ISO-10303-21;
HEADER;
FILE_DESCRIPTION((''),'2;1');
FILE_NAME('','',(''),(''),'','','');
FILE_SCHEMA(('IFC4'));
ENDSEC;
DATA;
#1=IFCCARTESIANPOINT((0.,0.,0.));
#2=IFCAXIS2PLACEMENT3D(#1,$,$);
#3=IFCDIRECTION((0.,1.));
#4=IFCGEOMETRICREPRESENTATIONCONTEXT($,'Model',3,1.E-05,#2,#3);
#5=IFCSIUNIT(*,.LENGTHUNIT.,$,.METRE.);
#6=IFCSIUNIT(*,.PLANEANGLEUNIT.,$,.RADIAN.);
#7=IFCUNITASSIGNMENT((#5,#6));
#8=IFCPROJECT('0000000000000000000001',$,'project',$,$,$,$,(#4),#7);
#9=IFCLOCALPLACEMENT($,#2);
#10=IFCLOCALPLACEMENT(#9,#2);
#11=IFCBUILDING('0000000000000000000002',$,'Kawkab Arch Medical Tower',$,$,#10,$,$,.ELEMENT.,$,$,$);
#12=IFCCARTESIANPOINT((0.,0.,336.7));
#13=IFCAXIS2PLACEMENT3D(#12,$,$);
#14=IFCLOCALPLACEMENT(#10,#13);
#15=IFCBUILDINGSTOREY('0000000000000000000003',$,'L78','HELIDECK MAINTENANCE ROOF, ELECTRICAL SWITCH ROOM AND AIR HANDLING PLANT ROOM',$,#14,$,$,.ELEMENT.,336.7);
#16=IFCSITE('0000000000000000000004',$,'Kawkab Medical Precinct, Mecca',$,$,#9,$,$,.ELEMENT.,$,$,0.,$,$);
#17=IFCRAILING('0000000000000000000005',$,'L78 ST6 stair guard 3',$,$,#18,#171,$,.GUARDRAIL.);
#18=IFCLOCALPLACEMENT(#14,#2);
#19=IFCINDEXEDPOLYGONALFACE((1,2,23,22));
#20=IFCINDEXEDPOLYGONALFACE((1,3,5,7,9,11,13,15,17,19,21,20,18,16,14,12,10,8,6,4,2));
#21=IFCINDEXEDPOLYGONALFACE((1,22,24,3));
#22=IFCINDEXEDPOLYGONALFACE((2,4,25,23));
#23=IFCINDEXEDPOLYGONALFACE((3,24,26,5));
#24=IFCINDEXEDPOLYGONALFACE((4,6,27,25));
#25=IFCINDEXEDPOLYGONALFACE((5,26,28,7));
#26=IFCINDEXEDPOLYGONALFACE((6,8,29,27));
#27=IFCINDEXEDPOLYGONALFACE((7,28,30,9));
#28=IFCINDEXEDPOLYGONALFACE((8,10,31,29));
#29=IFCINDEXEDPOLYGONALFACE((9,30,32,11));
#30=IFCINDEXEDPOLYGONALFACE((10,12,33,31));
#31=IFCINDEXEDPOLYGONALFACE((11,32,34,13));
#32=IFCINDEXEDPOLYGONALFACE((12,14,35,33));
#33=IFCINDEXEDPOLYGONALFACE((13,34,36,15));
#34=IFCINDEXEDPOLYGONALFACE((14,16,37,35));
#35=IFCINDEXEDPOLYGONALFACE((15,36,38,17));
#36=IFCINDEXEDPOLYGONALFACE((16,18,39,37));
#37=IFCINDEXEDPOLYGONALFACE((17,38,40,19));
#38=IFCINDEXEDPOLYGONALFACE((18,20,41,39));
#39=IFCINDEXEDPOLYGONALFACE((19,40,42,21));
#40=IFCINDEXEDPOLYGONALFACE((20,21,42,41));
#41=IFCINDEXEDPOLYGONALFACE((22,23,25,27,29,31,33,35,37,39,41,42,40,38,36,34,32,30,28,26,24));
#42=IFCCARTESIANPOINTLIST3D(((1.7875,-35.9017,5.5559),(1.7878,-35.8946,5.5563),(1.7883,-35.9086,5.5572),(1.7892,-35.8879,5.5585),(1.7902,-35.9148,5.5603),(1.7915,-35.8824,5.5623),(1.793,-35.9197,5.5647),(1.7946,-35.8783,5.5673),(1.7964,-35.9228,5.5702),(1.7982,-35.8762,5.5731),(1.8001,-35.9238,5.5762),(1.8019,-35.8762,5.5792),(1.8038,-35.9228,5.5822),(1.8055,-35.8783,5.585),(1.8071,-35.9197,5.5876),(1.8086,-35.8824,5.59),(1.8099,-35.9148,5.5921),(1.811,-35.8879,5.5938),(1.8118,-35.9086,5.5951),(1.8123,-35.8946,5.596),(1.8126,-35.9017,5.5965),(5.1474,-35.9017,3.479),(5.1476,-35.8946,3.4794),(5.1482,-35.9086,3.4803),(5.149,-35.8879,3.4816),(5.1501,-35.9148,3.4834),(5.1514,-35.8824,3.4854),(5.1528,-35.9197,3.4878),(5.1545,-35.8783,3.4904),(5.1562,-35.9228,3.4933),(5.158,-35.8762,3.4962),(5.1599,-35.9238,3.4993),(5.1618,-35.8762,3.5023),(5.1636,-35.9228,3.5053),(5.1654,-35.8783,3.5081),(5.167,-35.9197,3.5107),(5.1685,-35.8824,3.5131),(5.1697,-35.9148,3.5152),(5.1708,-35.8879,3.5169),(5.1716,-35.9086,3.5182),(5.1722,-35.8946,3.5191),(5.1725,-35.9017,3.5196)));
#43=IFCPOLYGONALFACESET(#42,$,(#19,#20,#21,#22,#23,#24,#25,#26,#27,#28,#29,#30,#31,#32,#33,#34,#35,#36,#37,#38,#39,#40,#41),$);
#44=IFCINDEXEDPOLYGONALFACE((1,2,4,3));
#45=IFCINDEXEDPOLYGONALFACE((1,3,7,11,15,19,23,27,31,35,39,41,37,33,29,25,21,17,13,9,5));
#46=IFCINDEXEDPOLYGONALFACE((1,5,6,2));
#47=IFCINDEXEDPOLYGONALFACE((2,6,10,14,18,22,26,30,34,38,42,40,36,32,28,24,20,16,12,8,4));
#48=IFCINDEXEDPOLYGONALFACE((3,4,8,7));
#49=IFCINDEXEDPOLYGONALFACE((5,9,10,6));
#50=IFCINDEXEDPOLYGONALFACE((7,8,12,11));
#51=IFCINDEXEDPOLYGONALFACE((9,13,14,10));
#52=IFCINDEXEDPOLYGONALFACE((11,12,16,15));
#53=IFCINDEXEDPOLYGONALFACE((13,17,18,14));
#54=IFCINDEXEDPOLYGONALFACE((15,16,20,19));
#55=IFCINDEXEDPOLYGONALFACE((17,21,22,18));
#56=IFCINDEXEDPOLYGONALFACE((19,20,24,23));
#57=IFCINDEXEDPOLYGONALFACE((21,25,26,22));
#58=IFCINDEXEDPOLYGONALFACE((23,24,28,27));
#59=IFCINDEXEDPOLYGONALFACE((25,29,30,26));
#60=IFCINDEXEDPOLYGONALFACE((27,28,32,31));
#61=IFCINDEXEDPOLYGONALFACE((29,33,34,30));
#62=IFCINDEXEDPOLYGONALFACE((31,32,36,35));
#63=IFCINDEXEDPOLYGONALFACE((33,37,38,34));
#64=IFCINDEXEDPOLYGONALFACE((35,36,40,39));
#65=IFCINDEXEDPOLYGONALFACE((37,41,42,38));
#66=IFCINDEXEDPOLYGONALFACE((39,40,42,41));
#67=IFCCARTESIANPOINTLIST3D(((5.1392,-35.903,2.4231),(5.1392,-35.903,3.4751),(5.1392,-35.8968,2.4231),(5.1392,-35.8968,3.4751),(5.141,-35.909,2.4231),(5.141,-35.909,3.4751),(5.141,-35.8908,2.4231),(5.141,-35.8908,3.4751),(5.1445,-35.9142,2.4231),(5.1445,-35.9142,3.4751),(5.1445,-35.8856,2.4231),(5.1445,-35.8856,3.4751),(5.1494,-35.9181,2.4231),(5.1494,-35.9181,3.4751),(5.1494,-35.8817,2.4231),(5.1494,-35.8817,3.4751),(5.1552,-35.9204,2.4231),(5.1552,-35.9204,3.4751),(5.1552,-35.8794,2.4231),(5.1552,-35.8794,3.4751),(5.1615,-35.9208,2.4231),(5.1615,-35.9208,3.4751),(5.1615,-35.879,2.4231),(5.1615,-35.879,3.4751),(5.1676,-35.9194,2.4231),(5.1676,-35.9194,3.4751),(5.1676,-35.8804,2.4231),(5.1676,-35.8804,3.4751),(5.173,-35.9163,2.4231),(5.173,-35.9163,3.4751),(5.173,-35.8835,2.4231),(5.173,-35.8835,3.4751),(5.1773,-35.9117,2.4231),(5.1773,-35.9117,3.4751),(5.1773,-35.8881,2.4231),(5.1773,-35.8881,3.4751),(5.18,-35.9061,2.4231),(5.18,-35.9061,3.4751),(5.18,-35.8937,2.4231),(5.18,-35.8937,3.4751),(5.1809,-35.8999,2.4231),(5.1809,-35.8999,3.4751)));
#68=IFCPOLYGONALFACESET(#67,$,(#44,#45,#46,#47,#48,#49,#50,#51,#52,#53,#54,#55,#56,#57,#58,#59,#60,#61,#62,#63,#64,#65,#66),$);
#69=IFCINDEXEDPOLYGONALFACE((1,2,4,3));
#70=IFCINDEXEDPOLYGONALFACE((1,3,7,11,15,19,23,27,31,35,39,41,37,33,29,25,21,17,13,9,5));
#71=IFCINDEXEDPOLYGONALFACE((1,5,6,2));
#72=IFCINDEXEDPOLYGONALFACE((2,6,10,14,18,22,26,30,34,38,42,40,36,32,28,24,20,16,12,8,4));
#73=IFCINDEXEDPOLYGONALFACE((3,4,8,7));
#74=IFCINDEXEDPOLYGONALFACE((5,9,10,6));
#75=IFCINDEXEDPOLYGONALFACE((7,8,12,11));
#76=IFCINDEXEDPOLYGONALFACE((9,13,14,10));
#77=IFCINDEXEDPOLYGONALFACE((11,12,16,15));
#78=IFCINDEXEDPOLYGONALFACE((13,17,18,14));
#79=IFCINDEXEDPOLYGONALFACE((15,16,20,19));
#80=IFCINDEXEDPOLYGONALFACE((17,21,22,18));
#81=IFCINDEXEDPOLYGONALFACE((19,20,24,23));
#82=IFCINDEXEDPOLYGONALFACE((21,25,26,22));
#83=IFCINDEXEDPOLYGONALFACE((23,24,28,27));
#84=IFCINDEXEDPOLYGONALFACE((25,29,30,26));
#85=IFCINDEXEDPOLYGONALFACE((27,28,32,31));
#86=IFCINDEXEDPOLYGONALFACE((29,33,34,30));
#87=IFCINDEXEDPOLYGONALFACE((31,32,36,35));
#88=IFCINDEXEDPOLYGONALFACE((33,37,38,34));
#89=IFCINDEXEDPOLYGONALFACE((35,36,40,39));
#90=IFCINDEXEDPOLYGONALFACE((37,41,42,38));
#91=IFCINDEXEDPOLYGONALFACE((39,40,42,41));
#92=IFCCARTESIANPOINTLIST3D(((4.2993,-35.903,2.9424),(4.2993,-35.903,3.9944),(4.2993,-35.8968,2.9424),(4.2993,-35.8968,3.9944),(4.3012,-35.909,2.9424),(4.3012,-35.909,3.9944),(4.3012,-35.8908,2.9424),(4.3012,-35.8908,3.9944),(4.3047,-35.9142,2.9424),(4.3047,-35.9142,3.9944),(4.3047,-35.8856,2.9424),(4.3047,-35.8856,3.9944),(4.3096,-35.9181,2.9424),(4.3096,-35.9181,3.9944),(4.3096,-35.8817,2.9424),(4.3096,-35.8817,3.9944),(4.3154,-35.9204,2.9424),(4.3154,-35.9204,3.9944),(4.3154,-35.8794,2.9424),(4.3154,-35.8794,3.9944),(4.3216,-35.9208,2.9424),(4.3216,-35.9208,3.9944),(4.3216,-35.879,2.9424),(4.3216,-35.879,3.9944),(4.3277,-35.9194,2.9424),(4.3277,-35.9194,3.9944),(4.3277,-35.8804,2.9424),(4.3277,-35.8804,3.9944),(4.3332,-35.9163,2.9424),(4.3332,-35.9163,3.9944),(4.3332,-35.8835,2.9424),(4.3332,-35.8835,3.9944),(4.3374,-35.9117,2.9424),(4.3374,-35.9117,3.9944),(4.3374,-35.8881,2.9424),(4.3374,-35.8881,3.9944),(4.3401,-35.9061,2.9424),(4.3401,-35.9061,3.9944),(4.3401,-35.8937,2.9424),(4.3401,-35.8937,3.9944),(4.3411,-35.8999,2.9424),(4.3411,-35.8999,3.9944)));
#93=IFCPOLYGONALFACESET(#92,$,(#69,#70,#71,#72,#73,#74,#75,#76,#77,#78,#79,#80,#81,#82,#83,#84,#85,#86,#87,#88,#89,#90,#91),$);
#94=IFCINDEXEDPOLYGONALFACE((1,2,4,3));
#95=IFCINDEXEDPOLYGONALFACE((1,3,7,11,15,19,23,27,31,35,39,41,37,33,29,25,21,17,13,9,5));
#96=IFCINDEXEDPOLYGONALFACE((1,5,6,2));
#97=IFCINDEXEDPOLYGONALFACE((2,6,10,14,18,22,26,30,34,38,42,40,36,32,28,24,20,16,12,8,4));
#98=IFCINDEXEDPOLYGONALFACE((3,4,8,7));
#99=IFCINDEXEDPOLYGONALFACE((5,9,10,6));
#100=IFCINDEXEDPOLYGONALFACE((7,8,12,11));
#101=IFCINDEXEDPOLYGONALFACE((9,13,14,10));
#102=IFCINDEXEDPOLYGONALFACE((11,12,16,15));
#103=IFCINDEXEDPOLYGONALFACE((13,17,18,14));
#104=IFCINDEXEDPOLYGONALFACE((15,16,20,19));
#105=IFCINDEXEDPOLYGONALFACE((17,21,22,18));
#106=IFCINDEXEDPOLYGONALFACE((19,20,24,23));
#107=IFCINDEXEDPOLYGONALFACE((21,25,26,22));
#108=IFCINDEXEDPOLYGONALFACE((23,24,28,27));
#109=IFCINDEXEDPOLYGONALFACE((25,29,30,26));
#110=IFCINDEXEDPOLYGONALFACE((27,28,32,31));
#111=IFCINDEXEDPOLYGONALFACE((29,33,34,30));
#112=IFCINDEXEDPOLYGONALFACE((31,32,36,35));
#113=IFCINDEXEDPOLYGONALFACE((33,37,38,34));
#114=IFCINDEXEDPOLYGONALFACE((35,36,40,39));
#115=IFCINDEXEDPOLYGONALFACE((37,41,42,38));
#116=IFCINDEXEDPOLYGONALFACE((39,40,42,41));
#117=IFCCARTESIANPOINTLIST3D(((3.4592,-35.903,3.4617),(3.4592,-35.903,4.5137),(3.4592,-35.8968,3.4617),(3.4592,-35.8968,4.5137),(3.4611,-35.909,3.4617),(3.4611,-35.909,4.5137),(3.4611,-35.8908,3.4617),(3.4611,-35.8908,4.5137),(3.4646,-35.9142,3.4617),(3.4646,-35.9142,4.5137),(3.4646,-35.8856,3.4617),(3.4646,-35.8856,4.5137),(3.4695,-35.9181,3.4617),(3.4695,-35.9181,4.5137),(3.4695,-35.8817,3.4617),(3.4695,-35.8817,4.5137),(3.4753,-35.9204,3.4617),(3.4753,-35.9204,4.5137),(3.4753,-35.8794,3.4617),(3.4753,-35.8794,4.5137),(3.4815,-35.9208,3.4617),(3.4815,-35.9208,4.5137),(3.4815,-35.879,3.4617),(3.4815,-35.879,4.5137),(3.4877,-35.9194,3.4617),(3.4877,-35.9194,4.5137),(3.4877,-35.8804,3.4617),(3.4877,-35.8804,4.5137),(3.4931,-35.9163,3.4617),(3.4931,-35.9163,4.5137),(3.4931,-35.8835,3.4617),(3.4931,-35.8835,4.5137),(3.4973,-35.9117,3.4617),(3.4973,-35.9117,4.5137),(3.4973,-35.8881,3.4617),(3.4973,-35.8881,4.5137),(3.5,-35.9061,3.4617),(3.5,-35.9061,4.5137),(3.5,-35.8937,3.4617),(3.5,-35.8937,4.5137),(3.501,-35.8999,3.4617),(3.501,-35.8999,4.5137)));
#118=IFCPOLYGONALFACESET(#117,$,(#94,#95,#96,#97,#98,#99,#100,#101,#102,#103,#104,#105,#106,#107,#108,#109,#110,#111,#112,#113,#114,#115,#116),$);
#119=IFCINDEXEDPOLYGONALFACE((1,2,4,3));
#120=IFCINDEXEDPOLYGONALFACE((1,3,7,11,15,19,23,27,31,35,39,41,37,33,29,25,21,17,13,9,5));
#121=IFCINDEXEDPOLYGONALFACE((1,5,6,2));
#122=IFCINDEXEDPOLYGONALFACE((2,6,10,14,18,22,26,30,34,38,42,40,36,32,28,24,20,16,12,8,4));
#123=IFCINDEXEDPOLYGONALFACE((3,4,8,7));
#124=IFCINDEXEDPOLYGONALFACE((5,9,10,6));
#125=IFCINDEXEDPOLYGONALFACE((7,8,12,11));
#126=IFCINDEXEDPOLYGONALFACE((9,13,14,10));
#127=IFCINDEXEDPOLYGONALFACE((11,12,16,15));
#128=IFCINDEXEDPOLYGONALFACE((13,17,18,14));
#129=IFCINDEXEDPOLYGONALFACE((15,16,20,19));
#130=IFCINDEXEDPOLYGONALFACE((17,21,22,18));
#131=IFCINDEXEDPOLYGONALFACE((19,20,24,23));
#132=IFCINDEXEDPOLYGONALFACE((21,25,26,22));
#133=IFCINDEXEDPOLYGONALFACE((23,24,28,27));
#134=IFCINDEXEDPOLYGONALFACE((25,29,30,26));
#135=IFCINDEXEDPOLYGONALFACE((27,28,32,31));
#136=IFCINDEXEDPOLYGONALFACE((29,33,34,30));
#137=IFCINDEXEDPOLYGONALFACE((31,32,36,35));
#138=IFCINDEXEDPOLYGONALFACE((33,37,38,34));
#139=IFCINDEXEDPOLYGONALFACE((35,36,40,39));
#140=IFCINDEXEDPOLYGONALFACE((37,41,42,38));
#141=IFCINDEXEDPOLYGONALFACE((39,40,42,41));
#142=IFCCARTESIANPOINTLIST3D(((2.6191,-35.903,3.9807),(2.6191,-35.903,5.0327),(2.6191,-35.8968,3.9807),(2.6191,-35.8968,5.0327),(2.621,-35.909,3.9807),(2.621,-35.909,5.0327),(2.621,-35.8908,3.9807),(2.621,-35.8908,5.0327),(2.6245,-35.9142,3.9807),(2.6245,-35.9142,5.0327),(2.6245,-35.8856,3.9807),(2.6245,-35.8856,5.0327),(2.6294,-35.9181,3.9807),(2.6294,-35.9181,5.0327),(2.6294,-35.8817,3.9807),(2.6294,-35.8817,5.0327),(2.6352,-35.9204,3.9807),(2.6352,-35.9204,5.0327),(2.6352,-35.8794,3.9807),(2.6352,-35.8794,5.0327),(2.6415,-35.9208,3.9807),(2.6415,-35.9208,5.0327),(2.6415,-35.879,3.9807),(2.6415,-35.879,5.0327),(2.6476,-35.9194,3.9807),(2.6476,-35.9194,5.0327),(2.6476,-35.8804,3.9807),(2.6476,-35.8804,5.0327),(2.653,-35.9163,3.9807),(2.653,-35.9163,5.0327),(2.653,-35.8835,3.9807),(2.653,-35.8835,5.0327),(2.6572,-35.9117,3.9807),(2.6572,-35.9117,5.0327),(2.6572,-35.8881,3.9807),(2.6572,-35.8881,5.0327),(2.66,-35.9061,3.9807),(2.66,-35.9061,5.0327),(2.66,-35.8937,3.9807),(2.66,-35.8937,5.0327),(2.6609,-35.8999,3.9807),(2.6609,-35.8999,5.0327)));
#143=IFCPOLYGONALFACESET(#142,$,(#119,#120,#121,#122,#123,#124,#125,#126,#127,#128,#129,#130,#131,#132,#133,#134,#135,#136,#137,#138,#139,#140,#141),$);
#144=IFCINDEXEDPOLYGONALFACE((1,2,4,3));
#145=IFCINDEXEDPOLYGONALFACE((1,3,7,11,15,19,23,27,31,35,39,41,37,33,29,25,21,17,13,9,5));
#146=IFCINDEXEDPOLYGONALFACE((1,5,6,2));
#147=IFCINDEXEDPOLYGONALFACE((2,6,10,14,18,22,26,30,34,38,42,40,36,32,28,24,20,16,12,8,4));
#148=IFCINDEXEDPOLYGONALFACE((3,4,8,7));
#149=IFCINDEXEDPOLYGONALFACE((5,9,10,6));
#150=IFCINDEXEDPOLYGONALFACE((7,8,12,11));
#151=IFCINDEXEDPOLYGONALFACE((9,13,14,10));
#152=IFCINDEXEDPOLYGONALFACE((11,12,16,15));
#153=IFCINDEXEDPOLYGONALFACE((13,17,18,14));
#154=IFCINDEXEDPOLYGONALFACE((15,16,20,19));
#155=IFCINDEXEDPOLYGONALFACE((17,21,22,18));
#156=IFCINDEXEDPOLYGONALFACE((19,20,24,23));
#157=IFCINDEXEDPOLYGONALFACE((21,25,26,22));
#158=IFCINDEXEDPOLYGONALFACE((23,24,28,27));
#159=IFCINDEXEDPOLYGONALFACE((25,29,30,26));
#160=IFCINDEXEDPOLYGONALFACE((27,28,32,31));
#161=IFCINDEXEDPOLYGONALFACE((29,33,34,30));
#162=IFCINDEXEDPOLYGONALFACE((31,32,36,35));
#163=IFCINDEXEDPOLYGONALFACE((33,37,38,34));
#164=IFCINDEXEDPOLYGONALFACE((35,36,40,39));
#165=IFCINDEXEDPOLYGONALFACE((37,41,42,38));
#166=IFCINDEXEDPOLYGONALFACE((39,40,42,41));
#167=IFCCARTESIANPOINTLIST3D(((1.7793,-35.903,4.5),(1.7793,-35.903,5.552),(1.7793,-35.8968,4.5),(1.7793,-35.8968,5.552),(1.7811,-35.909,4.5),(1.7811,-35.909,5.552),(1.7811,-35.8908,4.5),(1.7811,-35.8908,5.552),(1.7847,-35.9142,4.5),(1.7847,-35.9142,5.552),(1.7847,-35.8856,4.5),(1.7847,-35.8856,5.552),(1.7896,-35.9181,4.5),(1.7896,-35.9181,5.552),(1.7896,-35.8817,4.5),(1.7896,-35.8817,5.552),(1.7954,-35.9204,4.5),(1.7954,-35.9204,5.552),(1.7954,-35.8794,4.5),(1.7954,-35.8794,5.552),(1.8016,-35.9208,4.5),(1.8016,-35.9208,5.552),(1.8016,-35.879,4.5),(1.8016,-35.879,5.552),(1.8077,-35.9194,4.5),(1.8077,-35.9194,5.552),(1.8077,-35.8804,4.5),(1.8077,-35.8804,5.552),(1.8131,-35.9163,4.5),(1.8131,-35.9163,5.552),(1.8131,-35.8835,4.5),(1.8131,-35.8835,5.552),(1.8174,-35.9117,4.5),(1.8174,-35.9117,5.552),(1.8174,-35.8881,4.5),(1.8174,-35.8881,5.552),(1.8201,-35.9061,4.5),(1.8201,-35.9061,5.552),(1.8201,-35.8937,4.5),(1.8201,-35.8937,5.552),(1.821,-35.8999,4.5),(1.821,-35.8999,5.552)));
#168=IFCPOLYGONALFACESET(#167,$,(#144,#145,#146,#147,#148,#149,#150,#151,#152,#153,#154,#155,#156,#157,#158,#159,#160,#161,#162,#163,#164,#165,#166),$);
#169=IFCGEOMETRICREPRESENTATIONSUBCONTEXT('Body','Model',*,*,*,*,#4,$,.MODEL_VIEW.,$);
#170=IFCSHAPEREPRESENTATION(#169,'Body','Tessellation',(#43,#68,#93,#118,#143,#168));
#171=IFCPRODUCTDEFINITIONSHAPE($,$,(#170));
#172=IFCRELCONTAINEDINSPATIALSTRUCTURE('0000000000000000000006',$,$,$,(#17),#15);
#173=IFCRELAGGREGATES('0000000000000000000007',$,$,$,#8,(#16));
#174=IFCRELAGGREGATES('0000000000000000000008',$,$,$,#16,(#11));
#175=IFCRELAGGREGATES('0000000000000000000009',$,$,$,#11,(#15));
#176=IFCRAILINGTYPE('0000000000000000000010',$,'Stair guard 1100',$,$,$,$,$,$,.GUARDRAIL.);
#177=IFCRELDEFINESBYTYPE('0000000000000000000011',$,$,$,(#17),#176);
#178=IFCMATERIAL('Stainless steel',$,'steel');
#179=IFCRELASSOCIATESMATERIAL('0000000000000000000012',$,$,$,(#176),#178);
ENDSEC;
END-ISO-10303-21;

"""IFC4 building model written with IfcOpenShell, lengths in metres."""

from ifc_helpers import new_model, si_unit, direction, frame, origin, origin_2d, place, context, subcontext, project, spatial, circle, extrude, material, type_object, element, save


model = new_model("IFC4")

# Units and contexts
model_context = context("Model", 3, precision=1e-05, world=origin(), true_north=direction((0.0, 1.0)))
body_context = subcontext(model_context, "Body", "Model", "MODEL_VIEW")
ifc_project = project(units=[si_unit("LENGTHUNIT", "METRE"), si_unit("PLANEANGLEUNIT", "RADIAN")], contexts=[model_context])

# Site, building, storey
site_placement = place(None, origin())
site = spatial("IfcSite", under=ifc_project, at=site_placement, Name="Kawkab Medical Precinct, Mecca", CompositionType="ELEMENT", RefElevation=0.0)
building_placement = place(site_placement, origin())
building = spatial("IfcBuilding", under=site, at=building_placement, Name="Kawkab Arch Medical Tower", CompositionType="ELEMENT")
storey_placement = place(building_placement, frame((0.0, 0.0, 336.7)))
storey = spatial("IfcBuildingStorey", under=building, at=storey_placement, Name="L78", Description="HELIDECK MAINTENANCE ROOF, ELECTRICAL SWITCH ROOM AND AIR HANDLING PLANT ROOM", CompositionType="ELEMENT", Elevation=336.7)

# Railing
ifc_material_1 = material(Name="Stainless steel", Category="steel")
railing_type = type_object("IfcRailingType", Name="Stair guard 1100", PredefinedType="GUARDRAIL", material=ifc_material_1)
railing_1_placement = place(storey_placement, frame((5.1599, -35.8999, 2.4231)))
element("IfcRailing", 1, at=railing_1_placement, inside=storey, type_object=railing_type, Name="L78 ST6 stair guard 3", PredefinedType="GUARDRAIL", context=body_context, shape_type="SweptSolid", body=[
    extrude(circle(Radius=0.0239, at=origin_2d()), frame((0.0, 0.0, 1.0762), z_axis=(-0.850606, 0.0, 0.525803), x_axis=(0.0, -1.0, 0.0)), (0.0, 0.0, 1.0), 3.95),
    extrude(circle(Radius=0.021, at=origin_2d()), origin(), (0.0, 0.0, 1.0), 1.052),
    extrude(circle(Radius=0.021, at=origin_2d()), frame((-0.8398, 0.0, 0.5193)), (0.0, 0.0, 1.0), 1.052),
    extrude(circle(Radius=0.021, at=origin_2d()), frame((-1.6799, 0.0, 1.0386)), (0.0, 0.0, 1.0), 1.052),
    extrude(circle(Radius=0.021, at=origin_2d()), frame((-2.52, 0.0, 1.5576)), (0.0, 0.0, 1.0), 1.052),
    extrude(circle(Radius=0.021, at=origin_2d()), frame((-3.3599, 0.0, 2.0769)), (0.0, 0.0, 1.0), 1.052),
])

save(model, "model.ifc")
